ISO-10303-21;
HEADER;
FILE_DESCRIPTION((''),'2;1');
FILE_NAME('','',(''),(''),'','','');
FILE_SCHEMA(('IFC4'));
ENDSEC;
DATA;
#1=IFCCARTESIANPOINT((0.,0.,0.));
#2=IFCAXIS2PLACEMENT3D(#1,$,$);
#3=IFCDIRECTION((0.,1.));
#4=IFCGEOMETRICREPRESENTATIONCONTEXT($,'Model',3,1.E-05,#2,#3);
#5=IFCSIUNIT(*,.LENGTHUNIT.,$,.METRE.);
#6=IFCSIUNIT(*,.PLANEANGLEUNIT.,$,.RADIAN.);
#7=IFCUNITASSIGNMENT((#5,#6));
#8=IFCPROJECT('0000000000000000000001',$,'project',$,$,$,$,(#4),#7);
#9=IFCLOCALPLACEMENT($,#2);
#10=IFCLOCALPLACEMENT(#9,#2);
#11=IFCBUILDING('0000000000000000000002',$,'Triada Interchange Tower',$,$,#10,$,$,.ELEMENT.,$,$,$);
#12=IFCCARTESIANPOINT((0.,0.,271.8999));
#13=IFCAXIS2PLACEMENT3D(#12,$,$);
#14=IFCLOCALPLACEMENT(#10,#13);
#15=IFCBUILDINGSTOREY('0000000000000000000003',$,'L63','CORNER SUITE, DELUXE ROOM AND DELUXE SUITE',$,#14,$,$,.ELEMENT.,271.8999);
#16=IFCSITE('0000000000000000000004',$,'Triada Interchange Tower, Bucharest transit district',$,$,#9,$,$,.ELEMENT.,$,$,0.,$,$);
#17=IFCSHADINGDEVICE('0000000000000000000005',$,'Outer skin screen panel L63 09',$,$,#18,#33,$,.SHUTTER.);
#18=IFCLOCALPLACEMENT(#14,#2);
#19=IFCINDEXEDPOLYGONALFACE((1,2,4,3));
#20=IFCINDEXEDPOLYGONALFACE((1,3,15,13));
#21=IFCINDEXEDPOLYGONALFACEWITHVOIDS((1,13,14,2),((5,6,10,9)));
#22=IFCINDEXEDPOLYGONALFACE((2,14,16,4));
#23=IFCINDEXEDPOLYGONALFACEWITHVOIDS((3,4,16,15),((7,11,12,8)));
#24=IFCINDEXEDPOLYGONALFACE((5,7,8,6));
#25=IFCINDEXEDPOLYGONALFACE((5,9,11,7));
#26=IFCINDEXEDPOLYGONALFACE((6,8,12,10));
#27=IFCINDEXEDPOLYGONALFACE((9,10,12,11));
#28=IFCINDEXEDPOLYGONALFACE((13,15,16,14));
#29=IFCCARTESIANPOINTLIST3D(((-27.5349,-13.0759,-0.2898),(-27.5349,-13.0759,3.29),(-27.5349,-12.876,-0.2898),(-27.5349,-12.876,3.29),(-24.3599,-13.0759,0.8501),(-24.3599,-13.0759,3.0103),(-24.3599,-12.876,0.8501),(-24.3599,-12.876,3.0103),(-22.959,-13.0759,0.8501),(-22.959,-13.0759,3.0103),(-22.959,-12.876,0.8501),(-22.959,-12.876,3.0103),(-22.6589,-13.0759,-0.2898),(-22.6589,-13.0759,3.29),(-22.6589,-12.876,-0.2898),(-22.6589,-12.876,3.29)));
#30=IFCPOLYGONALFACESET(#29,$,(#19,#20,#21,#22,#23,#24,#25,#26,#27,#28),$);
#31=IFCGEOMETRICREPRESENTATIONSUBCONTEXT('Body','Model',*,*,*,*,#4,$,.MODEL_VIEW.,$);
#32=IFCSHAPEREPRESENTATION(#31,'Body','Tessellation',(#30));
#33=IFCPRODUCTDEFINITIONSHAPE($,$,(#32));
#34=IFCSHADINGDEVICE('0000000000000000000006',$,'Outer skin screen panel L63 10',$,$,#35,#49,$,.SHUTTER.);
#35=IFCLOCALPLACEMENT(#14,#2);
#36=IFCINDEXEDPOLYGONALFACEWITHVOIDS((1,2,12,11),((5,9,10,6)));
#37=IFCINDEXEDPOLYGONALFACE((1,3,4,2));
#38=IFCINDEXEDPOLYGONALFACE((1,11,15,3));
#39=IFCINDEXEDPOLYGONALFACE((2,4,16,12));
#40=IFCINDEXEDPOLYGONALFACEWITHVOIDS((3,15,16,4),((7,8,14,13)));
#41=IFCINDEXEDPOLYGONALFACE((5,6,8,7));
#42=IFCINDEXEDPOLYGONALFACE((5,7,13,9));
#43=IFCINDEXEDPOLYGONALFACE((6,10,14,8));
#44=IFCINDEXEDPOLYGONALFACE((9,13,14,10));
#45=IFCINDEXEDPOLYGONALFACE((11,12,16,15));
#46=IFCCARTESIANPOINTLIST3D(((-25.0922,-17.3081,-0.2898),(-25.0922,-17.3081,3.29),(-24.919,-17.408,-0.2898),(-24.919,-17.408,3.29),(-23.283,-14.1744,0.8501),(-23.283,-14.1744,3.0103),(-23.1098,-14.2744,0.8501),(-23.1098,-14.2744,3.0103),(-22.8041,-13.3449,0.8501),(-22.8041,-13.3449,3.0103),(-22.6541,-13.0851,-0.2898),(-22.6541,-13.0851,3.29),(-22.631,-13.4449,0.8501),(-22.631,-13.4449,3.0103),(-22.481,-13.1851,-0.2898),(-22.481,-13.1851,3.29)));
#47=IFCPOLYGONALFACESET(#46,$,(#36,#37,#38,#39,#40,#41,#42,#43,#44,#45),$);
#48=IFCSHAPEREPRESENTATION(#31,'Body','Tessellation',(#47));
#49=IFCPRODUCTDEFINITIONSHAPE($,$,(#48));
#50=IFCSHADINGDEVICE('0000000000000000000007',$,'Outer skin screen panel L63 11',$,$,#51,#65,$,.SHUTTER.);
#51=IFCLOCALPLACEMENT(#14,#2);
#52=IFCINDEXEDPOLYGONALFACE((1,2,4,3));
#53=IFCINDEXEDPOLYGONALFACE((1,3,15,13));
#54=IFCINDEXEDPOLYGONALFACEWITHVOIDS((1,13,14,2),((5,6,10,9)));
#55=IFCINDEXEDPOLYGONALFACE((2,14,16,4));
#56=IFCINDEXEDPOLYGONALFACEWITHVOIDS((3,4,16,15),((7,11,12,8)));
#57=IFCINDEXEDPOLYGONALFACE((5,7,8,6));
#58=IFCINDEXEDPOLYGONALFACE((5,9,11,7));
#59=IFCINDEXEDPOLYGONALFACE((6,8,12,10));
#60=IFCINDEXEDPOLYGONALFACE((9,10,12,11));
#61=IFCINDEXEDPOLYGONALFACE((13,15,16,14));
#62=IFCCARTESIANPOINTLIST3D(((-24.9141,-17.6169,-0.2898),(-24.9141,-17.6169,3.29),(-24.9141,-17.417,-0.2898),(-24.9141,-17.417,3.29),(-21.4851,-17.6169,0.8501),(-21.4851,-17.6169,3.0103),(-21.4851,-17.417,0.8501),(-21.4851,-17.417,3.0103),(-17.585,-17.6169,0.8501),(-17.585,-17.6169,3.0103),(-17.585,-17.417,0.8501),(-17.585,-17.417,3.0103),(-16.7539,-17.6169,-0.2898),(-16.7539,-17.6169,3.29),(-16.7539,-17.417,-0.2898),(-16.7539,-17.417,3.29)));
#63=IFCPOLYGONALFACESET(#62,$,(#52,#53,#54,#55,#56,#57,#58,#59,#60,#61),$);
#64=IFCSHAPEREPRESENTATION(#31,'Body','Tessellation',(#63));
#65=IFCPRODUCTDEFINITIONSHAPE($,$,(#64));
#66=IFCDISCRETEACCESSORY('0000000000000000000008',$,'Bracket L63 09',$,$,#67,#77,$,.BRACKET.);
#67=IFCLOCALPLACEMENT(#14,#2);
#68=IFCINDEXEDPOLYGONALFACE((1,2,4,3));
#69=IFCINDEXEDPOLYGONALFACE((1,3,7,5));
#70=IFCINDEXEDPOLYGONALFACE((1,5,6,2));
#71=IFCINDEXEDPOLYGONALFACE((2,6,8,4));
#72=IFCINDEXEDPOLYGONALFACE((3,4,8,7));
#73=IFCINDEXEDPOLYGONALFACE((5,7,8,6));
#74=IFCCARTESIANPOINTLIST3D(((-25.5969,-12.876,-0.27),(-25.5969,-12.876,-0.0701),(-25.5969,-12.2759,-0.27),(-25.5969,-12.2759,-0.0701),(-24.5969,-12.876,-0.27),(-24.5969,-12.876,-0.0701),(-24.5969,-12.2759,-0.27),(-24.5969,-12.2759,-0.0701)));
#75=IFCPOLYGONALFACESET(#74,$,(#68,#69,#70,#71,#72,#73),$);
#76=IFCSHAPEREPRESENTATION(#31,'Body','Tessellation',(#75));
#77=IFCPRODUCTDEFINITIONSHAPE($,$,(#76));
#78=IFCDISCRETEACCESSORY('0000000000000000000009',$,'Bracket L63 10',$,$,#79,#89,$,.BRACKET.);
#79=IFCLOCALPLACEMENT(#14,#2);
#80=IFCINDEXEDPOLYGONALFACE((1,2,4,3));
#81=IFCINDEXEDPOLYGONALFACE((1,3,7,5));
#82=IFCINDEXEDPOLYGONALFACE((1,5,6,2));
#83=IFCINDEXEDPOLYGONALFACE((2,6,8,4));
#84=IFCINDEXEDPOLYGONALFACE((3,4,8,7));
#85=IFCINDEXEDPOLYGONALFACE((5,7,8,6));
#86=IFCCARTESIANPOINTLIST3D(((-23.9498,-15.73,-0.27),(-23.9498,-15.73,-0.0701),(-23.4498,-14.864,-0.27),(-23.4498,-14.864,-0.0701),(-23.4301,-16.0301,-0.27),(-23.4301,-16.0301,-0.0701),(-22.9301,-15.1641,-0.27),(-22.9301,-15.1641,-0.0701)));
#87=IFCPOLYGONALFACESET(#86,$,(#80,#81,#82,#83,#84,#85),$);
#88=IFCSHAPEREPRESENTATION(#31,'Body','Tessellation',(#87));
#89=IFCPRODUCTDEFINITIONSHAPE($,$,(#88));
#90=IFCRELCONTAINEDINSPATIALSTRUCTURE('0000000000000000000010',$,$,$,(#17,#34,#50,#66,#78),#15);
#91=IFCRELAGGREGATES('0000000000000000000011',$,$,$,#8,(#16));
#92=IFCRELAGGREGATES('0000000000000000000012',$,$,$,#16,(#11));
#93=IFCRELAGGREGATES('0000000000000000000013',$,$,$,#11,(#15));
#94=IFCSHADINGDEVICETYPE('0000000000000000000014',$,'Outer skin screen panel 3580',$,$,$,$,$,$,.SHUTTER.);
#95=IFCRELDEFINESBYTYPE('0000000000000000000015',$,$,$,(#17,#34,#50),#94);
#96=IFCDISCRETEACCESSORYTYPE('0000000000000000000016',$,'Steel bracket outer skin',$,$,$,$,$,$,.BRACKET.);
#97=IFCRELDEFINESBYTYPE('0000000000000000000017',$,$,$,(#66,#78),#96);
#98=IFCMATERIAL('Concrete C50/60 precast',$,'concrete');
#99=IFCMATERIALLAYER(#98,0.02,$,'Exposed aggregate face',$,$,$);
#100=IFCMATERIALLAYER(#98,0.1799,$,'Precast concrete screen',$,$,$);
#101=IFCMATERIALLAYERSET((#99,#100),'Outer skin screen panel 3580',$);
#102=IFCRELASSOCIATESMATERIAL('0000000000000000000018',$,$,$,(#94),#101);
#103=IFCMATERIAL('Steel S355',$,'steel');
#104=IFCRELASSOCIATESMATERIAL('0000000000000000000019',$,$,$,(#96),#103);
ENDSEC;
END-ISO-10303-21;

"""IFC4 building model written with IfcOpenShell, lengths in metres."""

from ifc_helpers import new_model, si_unit, direction, frame, origin, origin_2d, place, context, subcontext, project, spatial, polyline, rectangle, outline, extrude, material, layer, layer_set, type_object, element, save


model = new_model("IFC4")

# Units and contexts
model_context = context("Model", 3, precision=1e-05, world=origin(), true_north=direction((0.0, 1.0)))
body_context = subcontext(model_context, "Body", "Model", "MODEL_VIEW")
ifc_project = project(units=[si_unit("LENGTHUNIT", "METRE"), si_unit("PLANEANGLEUNIT", "RADIAN")], contexts=[model_context])

# Site, building, storey
site_placement = place(None, origin())
site = spatial("IfcSite", under=ifc_project, at=site_placement, Name="Triada Interchange Tower, Bucharest transit district", CompositionType="ELEMENT", RefElevation=0.0)
building_placement = place(site_placement, origin())
building = spatial("IfcBuilding", under=site, at=building_placement, Name="Triada Interchange Tower", CompositionType="ELEMENT")
storey_placement = place(building_placement, frame((0.0, 0.0, 271.8999)))
storey = spatial("IfcBuildingStorey", under=building, at=storey_placement, Name="L63", Description="CORNER SUITE, DELUXE ROOM AND DELUXE SUITE", CompositionType="ELEMENT", Elevation=271.8999)

# Shading devices
ifc_material_1 = material(Name="Concrete C50/60 precast", Category="concrete")
ifc_layer_1 = layer(ifc_material_1, 0.02, Name="Exposed aggregate face")
ifc_layer_2 = layer(ifc_material_1, 0.1799, Name="Precast concrete screen")
ifc_layer_set_1 = layer_set([ifc_layer_1, ifc_layer_2], Name="Outer skin screen panel 3580")
shading_device_type = type_object("IfcShadingDeviceType", Name="Outer skin screen panel 3580", PredefinedType="SHUTTER", material=ifc_layer_set_1)
shading_device_1_placement = place(storey_placement, frame((-27.5349, -12.876, -0.2898), z_axis=(0.0, 0.0, 1.0), x_axis=(1.0, 0.0, 0.0)))
element("IfcShadingDevice", 1, at=shading_device_1_placement, inside=storey, type_object=shading_device_type, Name="Outer skin screen panel L63 09", PredefinedType="SHUTTER", context=body_context, shape_type="SweptSolid", body=[
    extrude(outline(polyline([(0.0, 0.0), (4.876, 0.0), (4.876, 3.5798), (0.0, 3.5798), (0.0, 0.0)]), holes=[polyline([(3.175, 1.1399), (3.175, 3.3), (4.5759, 3.3), (4.5759, 1.1399), (3.175, 1.1399)])]), frame((0.0, 0.0, 0.0), z_axis=(0.0, -1.0, 0.0), x_axis=(1.0, 0.0, 0.0)), (0.0, 0.0, 1.0), 0.2),
])
shading_device_2_placement = place(storey_placement, frame((-22.481, -13.1851, -0.2898), z_axis=(0.0, 0.0, 1.0), x_axis=(-0.499984, -0.866035, 0.0)))
element("IfcShadingDevice", 2, at=shading_device_2_placement, inside=storey, type_object=shading_device_type, Name="Outer skin screen panel L63 10", PredefinedType="SHUTTER", context=body_context, shape_type="SweptSolid", body=[
    extrude(outline(polyline([(0.0, 0.0), (4.8762, 0.0), (4.8762, 3.5798), (0.0, 3.5798), (0.0, 0.0)]), holes=[polyline([(0.3, 1.1399), (0.3, 3.3), (1.2578, 3.3), (1.2578, 1.1399), (0.3, 1.1399)])]), frame((0.0, 0.0, 0.0), z_axis=(0.0, -1.0, 0.0), x_axis=(1.0, 0.0, 0.0)), (0.0, 0.0, 1.0), 0.2),
])
shading_device_3_placement = place(storey_placement, frame((-24.9141, -17.417, -0.2898), z_axis=(0.0, 0.0, 1.0), x_axis=(1.0, 0.0, 0.0)))
element("IfcShadingDevice", 3, at=shading_device_3_placement, inside=storey, type_object=shading_device_type, Name="Outer skin screen panel L63 11", PredefinedType="SHUTTER", context=body_context, shape_type="SweptSolid", body=[
    extrude(outline(polyline([(0.0, 0.0), (8.1602, 0.0), (8.1602, 3.5798), (0.0, 3.5798), (0.0, 0.0)]), holes=[polyline([(3.429, 1.1399), (3.429, 3.3), (7.3291, 3.3), (7.3291, 1.1399), (3.429, 1.1399)])]), frame((0.0, 0.0, 0.0), z_axis=(0.0, -1.0, 0.0), x_axis=(1.0, 0.0, 0.0)), (0.0, 0.0, 1.0), 0.2),
])

# Discrete accessories
ifc_material_2 = material(Name="Steel S355", Category="steel")
discrete_accessory_type = type_object("IfcDiscreteAccessoryType", Name="Steel bracket outer skin", PredefinedType="BRACKET", material=ifc_material_2)
for number, where, z_axis, x_axis, name in (
    (4, (-25.0969, -12.5759, -0.27), (0.0, 0.0, 1.0), (0.0, -1.0, 0.0), "Bracket L63 09"),
    (5, (-23.4399, -15.447, -0.27), (0.0, 0.0, 1.0), (-0.866005, 0.500036, 0.0), "Bracket L63 10"),
):
    element("IfcDiscreteAccessory", number, at=place(storey_placement, frame(where, z_axis=z_axis, x_axis=x_axis)), inside=storey, type_object=discrete_accessory_type, Name=name, PredefinedType="BRACKET", context=body_context, shape_type="SweptSolid", body=[
        extrude(rectangle(XDim=0.6001, YDim=1.0, at=origin_2d()), origin(), (0.0, 0.0, 1.0), 0.2),
    ])

save(model, "model.ifc")
